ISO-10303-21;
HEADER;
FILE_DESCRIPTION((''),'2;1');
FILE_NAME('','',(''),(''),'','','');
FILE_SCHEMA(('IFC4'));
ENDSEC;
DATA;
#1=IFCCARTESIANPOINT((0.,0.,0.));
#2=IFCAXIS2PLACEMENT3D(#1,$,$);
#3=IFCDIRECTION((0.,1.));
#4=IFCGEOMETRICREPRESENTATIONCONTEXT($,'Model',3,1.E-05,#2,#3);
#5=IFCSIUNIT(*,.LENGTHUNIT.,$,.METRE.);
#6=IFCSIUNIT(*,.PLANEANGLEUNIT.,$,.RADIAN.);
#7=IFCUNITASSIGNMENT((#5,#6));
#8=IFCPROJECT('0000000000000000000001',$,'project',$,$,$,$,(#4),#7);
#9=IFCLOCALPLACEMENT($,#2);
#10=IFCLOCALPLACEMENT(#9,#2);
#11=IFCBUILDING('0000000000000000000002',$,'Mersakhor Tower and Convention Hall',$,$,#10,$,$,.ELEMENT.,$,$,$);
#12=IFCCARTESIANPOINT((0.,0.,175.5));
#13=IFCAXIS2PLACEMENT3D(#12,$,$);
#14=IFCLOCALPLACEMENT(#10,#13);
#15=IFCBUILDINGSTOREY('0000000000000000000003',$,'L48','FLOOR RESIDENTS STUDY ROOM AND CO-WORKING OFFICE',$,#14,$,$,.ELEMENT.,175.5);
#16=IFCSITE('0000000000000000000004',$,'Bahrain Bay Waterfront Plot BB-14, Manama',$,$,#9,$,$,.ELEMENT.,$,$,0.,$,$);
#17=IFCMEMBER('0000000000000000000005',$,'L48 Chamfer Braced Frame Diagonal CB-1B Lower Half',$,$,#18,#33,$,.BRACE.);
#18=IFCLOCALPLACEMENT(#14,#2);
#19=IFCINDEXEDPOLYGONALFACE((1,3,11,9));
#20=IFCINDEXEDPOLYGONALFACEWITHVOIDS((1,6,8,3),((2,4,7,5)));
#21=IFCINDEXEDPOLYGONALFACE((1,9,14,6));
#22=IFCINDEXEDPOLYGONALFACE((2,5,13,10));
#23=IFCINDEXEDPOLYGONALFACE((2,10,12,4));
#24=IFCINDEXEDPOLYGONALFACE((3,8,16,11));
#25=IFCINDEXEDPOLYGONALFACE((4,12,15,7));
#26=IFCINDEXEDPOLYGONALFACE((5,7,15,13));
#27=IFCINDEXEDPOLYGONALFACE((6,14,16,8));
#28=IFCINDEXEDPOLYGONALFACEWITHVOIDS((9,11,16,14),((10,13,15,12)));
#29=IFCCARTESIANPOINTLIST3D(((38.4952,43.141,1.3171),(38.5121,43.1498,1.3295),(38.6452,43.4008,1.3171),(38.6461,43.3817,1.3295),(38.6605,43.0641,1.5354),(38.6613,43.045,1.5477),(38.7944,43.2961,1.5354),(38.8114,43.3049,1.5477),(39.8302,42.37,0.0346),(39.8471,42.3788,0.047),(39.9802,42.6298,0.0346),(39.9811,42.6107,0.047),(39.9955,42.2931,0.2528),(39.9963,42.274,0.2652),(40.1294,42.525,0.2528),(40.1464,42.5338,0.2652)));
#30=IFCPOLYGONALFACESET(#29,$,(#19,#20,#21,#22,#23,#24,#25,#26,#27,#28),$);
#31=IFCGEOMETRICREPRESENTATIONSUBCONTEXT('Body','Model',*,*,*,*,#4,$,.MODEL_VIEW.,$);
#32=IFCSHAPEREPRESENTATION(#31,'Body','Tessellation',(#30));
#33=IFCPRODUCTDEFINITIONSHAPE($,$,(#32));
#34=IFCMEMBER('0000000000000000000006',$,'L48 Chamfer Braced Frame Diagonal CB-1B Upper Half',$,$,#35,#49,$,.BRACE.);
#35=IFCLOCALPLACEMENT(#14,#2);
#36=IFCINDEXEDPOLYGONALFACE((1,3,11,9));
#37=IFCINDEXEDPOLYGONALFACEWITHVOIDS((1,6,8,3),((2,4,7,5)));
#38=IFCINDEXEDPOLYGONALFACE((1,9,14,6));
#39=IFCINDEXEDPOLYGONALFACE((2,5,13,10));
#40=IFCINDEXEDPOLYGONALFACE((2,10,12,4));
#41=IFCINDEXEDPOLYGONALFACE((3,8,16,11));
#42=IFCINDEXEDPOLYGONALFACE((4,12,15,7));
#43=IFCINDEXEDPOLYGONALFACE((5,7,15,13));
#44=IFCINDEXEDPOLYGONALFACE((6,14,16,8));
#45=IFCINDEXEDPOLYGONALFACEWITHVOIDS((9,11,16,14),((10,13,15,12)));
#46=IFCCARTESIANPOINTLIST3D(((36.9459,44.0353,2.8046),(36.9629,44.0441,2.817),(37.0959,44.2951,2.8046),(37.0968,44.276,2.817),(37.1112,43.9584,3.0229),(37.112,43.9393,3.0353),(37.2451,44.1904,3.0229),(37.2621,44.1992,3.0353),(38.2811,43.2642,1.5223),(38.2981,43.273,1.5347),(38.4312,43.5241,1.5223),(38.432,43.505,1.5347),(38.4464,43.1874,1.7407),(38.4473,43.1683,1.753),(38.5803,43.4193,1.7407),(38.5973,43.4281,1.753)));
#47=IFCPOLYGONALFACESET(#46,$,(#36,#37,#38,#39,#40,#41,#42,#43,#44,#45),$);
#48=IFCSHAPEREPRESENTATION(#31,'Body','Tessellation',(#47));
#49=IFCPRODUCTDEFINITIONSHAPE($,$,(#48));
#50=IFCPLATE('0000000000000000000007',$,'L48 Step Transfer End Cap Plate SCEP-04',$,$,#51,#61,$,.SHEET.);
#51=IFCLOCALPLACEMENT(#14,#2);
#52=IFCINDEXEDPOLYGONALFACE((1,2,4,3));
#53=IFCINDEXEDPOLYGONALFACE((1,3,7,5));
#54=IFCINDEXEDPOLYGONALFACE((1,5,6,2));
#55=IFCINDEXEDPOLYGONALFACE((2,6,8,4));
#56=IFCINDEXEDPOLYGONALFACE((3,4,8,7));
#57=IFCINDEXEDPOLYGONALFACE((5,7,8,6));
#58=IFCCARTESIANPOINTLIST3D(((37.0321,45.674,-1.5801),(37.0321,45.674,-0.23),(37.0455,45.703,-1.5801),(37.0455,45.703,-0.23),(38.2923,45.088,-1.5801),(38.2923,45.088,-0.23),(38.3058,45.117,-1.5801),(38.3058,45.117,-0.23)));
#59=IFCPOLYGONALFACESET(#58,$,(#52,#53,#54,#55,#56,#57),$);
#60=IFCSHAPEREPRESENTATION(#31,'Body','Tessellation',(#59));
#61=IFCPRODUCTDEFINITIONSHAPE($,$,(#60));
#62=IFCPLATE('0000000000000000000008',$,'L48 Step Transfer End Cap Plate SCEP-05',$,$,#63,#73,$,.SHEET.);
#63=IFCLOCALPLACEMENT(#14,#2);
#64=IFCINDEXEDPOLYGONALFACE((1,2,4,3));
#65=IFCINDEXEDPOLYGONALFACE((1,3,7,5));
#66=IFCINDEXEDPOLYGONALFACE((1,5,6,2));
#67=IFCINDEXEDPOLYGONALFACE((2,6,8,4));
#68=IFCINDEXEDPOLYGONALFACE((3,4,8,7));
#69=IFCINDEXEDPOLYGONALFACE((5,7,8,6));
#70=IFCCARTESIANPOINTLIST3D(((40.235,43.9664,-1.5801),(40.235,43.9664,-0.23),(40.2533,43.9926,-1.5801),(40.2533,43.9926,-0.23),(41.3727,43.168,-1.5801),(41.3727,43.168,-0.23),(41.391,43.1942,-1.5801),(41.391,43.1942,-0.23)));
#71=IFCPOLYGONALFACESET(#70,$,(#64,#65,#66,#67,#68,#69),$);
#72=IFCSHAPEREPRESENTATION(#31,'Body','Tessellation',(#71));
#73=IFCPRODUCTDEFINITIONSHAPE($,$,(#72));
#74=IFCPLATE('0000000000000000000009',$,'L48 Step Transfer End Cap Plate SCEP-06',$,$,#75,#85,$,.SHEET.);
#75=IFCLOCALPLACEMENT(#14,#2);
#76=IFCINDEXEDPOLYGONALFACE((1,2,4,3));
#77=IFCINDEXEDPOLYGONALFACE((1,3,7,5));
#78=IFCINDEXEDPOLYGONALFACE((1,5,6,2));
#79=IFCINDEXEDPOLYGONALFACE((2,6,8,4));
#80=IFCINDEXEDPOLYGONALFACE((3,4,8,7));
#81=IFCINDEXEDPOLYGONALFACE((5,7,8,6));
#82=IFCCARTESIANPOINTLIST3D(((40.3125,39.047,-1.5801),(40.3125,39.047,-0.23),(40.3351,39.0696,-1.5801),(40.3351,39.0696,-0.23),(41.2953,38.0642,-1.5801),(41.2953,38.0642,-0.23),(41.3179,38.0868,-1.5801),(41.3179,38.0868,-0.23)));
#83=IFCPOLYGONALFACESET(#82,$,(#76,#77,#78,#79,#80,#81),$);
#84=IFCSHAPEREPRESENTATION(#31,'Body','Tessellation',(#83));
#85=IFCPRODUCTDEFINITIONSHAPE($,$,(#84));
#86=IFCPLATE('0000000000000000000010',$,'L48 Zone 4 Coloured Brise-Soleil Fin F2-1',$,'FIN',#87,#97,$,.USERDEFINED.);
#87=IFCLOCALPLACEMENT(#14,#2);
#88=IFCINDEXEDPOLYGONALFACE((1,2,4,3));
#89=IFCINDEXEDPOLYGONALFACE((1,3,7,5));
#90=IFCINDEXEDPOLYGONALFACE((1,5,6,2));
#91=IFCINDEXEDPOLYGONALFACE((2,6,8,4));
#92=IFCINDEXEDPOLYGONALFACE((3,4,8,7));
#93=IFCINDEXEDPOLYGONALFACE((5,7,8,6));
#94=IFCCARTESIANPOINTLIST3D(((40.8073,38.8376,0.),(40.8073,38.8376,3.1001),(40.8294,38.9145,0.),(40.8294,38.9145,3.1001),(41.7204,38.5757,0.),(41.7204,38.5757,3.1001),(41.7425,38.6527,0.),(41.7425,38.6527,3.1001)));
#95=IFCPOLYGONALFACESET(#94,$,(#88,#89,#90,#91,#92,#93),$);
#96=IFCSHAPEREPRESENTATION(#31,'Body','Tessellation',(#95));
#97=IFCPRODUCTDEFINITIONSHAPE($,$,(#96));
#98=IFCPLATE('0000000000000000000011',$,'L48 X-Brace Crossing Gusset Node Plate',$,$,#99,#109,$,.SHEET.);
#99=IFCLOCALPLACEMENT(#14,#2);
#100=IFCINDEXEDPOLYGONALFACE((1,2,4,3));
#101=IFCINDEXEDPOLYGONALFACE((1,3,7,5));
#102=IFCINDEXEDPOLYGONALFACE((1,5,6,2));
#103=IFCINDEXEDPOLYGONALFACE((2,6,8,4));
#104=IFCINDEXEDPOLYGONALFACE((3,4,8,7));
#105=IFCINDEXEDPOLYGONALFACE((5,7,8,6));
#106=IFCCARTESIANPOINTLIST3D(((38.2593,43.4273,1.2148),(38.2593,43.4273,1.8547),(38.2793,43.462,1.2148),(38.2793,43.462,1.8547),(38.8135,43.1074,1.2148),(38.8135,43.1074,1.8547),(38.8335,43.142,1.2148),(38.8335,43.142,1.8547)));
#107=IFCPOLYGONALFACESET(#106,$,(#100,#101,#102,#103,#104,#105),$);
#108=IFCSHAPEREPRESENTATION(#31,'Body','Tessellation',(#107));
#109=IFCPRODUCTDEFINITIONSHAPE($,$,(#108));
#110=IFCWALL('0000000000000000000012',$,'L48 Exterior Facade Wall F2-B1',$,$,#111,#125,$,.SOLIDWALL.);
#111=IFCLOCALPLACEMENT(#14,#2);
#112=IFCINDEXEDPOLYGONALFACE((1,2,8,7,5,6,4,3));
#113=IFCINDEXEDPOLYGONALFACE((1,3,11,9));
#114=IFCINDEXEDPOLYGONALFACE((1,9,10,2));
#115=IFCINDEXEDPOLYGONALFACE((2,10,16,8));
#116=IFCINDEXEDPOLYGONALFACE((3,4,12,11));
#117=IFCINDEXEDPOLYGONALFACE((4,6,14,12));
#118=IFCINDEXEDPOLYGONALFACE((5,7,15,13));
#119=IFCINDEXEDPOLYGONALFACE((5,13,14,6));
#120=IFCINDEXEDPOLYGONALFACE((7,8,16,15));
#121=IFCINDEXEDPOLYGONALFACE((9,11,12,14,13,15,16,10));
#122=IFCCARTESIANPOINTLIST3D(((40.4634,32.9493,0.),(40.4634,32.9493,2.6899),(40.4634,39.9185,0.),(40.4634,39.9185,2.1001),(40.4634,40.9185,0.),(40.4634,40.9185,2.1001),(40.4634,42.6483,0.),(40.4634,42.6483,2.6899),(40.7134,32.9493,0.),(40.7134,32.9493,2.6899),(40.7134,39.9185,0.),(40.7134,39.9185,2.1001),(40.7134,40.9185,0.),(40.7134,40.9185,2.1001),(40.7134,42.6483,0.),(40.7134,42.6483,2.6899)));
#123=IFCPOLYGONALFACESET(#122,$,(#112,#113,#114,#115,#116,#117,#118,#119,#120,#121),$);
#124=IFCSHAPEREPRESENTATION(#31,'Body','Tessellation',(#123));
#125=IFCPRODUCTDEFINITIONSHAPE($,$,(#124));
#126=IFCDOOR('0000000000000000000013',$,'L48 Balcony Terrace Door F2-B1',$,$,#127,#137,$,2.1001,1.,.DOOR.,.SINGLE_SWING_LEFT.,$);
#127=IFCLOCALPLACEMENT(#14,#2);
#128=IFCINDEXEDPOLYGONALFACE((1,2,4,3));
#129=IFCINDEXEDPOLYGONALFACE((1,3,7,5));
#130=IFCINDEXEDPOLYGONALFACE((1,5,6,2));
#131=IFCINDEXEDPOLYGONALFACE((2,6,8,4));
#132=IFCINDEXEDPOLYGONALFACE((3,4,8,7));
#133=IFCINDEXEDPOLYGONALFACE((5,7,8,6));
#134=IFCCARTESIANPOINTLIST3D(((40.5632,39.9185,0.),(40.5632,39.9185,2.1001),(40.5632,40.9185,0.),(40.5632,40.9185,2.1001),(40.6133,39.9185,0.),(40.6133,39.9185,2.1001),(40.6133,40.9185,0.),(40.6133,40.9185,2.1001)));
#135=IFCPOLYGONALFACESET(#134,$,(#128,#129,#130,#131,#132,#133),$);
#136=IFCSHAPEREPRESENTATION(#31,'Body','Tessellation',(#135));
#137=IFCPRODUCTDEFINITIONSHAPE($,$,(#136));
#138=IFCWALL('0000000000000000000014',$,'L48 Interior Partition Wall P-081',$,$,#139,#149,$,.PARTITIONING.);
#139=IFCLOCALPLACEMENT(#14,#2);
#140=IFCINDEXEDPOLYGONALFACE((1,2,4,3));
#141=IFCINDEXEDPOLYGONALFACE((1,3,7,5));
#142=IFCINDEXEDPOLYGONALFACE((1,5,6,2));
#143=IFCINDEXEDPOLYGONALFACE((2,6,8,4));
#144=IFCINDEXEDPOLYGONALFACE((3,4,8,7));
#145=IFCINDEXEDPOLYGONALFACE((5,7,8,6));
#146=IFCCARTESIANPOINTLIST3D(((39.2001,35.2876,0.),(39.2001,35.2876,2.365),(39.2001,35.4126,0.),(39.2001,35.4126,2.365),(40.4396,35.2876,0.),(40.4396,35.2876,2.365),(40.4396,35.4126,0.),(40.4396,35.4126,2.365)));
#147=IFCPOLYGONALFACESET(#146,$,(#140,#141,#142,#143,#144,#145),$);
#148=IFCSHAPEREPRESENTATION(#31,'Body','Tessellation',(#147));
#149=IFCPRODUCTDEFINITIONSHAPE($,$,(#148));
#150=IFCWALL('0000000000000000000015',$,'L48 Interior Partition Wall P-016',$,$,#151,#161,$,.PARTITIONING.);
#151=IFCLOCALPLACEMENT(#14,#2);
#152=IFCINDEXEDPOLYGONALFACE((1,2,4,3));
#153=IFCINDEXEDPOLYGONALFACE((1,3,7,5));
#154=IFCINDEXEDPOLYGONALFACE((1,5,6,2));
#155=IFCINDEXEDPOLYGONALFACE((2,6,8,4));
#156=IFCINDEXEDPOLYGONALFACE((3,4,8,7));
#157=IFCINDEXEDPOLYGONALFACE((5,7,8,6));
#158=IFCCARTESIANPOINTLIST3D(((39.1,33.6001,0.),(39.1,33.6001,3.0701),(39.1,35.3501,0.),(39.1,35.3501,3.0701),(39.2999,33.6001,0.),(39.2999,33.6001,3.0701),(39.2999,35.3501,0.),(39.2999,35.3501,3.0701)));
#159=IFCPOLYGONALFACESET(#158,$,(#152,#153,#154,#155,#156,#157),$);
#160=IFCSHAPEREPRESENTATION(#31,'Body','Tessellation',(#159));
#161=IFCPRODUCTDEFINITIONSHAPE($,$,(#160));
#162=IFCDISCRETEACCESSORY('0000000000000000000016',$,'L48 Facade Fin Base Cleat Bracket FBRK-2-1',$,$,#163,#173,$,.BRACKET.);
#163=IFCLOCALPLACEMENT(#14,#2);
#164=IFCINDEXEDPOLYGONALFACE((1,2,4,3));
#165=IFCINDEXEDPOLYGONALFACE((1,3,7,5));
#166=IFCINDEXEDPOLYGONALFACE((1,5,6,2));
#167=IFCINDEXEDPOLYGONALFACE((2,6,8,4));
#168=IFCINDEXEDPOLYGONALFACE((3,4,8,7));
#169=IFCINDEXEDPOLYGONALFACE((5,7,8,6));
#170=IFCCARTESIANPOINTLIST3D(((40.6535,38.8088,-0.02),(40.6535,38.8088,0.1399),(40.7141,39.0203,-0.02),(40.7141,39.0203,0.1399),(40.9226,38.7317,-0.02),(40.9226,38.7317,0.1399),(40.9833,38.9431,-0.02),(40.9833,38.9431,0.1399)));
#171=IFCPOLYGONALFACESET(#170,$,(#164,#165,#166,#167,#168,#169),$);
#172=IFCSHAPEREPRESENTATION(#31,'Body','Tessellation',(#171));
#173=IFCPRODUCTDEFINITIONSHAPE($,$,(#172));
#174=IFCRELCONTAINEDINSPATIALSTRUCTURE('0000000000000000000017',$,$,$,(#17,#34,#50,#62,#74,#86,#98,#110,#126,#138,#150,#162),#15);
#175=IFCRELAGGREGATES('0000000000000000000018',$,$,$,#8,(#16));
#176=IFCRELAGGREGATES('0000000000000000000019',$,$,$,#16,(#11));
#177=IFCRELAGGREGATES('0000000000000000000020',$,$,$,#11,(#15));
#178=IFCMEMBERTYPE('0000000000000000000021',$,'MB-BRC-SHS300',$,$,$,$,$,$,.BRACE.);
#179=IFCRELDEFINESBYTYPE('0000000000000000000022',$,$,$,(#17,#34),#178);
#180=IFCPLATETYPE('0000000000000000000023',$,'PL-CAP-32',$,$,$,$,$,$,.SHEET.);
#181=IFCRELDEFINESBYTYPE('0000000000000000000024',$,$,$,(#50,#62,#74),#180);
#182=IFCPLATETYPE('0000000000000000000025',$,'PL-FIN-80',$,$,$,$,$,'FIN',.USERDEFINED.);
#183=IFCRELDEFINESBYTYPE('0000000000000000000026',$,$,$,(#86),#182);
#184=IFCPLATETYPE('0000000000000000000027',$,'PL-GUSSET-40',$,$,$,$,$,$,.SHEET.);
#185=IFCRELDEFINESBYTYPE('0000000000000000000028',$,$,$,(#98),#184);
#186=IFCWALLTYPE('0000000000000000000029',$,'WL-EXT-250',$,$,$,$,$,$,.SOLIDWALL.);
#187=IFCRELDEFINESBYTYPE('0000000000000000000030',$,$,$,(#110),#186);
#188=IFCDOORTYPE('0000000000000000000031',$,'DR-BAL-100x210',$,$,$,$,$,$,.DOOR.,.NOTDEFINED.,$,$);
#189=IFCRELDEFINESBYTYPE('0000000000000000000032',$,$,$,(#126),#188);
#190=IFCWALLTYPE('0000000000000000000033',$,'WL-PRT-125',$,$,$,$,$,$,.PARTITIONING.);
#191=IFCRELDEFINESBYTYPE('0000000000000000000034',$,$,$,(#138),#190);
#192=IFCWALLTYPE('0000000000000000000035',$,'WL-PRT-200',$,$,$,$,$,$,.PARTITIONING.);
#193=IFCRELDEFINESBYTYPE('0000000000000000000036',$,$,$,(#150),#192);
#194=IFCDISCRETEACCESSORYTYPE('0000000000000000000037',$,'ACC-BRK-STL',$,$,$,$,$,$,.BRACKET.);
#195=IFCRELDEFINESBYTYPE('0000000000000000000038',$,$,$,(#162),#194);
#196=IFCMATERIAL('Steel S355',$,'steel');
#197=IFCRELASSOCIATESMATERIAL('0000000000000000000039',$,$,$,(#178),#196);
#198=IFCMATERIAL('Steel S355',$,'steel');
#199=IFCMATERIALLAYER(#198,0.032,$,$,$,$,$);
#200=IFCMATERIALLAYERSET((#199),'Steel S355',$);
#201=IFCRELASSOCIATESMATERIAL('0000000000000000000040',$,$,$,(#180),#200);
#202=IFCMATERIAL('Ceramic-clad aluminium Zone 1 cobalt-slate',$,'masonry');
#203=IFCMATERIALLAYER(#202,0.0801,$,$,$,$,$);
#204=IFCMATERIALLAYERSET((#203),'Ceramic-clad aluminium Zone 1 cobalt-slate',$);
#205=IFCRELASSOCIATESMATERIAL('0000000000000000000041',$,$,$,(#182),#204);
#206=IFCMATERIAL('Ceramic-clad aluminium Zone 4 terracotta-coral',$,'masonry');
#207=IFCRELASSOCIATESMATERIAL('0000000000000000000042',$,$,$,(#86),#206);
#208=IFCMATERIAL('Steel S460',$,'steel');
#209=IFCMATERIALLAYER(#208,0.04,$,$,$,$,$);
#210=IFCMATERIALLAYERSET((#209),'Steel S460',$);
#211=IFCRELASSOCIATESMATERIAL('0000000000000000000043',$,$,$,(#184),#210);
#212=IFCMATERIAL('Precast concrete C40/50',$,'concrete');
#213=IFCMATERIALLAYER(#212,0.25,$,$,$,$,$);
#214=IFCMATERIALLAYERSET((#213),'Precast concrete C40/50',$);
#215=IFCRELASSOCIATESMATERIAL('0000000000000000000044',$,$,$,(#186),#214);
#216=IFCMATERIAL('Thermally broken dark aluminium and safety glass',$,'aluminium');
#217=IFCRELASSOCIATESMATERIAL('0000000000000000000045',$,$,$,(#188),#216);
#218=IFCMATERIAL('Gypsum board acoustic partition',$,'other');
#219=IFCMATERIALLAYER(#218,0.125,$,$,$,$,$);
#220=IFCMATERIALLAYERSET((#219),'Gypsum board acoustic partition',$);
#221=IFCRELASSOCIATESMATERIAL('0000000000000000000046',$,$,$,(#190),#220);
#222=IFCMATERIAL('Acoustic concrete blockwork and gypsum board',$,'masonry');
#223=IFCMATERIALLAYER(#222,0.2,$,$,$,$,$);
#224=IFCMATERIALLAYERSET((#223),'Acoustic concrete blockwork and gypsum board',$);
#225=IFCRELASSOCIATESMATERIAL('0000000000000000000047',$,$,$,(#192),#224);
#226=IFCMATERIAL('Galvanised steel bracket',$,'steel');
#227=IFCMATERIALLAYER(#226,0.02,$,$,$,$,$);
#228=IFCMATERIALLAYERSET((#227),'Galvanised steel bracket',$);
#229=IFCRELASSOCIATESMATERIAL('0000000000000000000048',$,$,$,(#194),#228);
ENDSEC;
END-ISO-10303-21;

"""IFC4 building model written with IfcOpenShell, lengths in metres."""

from ifc_helpers import new_model, si_unit, direction, frame, frame_2d, origin, origin_2d, place, context, subcontext, project, spatial, rectangle, hollow_rectangle, extrude, material, layer, layer_set, material_profile, profile_set, type_object, element, fill, save


model = new_model("IFC4")

# Units and contexts
model_context = context("Model", 3, precision=1e-05, world=origin(), true_north=direction((0.0, 1.0)))
body_context = subcontext(model_context, "Body", "Model", "MODEL_VIEW")
ifc_project = project(units=[si_unit("LENGTHUNIT", "METRE"), si_unit("PLANEANGLEUNIT", "RADIAN")], contexts=[model_context])

# Site, building, storey
site_placement = place(None, origin())
site = spatial("IfcSite", under=ifc_project, at=site_placement, Name="Bahrain Bay Waterfront Plot BB-14, Manama", CompositionType="ELEMENT", RefElevation=0.0)
building_placement = place(site_placement, origin())
building = spatial("IfcBuilding", under=site, at=building_placement, Name="Mersakhor Tower and Convention Hall", CompositionType="ELEMENT")
storey_placement = place(building_placement, frame((0.0, 0.0, 175.5)))
storey = spatial("IfcBuildingStorey", under=building, at=storey_placement, Name="L48", Description="FLOOR RESIDENTS STUDY ROOM AND CO-WORKING OFFICE", CompositionType="ELEMENT", Elevation=175.5)

# Members
ifc_material_1 = material(Name="Steel S355", Category="steel")
ifc_material_profile_1 = material_profile(ifc_material_1, hollow_rectangle(XDim=0.3, YDim=0.3, WallThickness=0.0161, at=origin_2d()), Name="SHS 300x300x16")
ifc_profile_set_1 = profile_set([ifc_material_profile_1], Name="Steel S355")
member_type = type_object("IfcMemberType", Name="MB-BRC-SHS300", PredefinedType="BRACE", material=ifc_profile_set_1)
for number, where, z_axis, x_axis, name in (
    (1, (39.9883, 42.4519, 0.1499), (-0.665711, 0.384476, 0.639536), (-0.500125, -0.865953, 0.0), "L48 Chamfer Braced Frame Diagonal CB-1B Lower Half"),
    (2, (38.4392, 43.3462, 1.6377), (-0.665831, 0.384475, 0.639412), (-0.500056, -0.865993, 0.0), "L48 Chamfer Braced Frame Diagonal CB-1B Upper Half"),
):
    element("IfcMember", number, at=place(storey_placement, frame(where, z_axis=z_axis, x_axis=x_axis)), inside=storey, type_object=member_type, Name=name, PredefinedType="BRACE", context=body_context, shape_type="SweptSolid", body=[
        extrude(hollow_rectangle(XDim=0.3, YDim=0.3, WallThickness=0.0161, at=origin_2d()), origin(), (0.0, 0.0, 1.0), 2.0054),
    ])

# Plates
ifc_material_2 = material(Name="Steel S355", Category="steel")
ifc_layer_1 = layer(ifc_material_2, 0.032)
ifc_layer_set_1 = layer_set([ifc_layer_1], Name="Steel S355")
plate_type_1 = type_object("IfcPlateType", Name="PL-CAP-32", PredefinedType="SHEET", material=ifc_layer_set_1)
for number, where, z_axis, x_axis, name in (
    (3, (37.6689, 45.3955, -1.5801), (0.0, 0.0, 1.0), (-0.421669, -0.90675, 0.0), "L48 Step Transfer End Cap Plate SCEP-04"),
    (4, (40.813, 43.5803, -1.5801), (0.0, 0.0, 1.0), (-0.574434, -0.818551, 0.0), "L48 Step Transfer End Cap Plate SCEP-05"),
    (5, (40.8152, 38.5669, -1.5801), (0.0, 0.0, 1.0), (-0.707107, -0.707107, 0.0), "L48 Step Transfer End Cap Plate SCEP-06"),
):
    element("IfcPlate", number, at=place(storey_placement, frame(where, z_axis=z_axis, x_axis=x_axis)), inside=storey, type_object=plate_type_1, Name=name, PredefinedType="SHEET", context=body_context, shape_type="SweptSolid", body=[
        extrude(rectangle(XDim=0.032, YDim=1.3899, at=origin_2d()), origin(), (0.0, 0.0, 1.0), 1.3501),
    ])
ifc_material_3 = material(Name="Ceramic-clad aluminium Zone 4 terracotta-coral", Category="masonry")
ifc_material_4 = material(Name="Ceramic-clad aluminium Zone 1 cobalt-slate", Category="masonry")
ifc_layer_2 = layer(ifc_material_4, 0.0801)
ifc_layer_set_2 = layer_set([ifc_layer_2], Name="Ceramic-clad aluminium Zone 1 cobalt-slate")
plate_type_2 = type_object("IfcPlateType", Name="PL-FIN-80", ElementType="FIN", PredefinedType="USERDEFINED", material=ifc_layer_set_2)
plate_1_placement = place(storey_placement, frame((41.2749, 38.7451, 0.0), z_axis=(0.0, 0.0, 1.0), x_axis=(0.961262, -0.275637, 0.0)))
element("IfcPlate", 6, at=plate_1_placement, inside=storey, type_object=plate_type_2, material=ifc_material_3, Name="L48 Zone 4 Coloured Brise-Soleil Fin F2-1", ObjectType="FIN", PredefinedType="USERDEFINED", context=body_context, shape_type="SweptSolid", body=[
    extrude(rectangle(XDim=0.95, YDim=0.0801, at=origin_2d()), origin(), (0.0, 0.0, 1.0), 3.1001),
])
ifc_material_5 = material(Name="Steel S460", Category="steel")
ifc_layer_3 = layer(ifc_material_5, 0.04)
ifc_layer_set_3 = layer_set([ifc_layer_3], Name="Steel S460")
plate_type_3 = type_object("IfcPlateType", Name="PL-GUSSET-40", PredefinedType="SHEET", material=ifc_layer_set_3)
plate_2_placement = place(storey_placement, frame((38.5464, 43.2847, 1.2148), z_axis=(0.0, 0.0, 1.0), x_axis=(-0.866025, 0.5, 0.0)))
element("IfcPlate", 7, at=plate_2_placement, inside=storey, type_object=plate_type_3, Name="L48 X-Brace Crossing Gusset Node Plate", PredefinedType="SHEET", context=body_context, shape_type="SweptSolid", body=[
    extrude(rectangle(XDim=0.6399, YDim=0.04, at=origin_2d()), origin(), (0.0, 0.0, 1.0), 0.6399),
])

# Wall, opening, door
ifc_material_6 = material(Name="Precast concrete C40/50", Category="concrete")
ifc_layer_4 = layer(ifc_material_6, 0.25)
ifc_layer_set_4 = layer_set([ifc_layer_4], Name="Precast concrete C40/50")
wall_type_1 = type_object("IfcWallType", Name="WL-EXT-250", PredefinedType="SOLIDWALL", material=ifc_layer_set_4)
wall_1_placement = place(storey_placement, frame((40.5884, 42.6484, 0.0), z_axis=(0.0, 0.0, 1.0), x_axis=(0.0, -1.0, 0.0)))
wall_1 = element("IfcWall", 8, at=wall_1_placement, inside=storey, type_object=wall_type_1, Name="L48 Exterior Facade Wall F2-B1", PredefinedType="SOLIDWALL", context=body_context, shape_type="SweptSolid", body=[
    extrude(rectangle(XDim=9.699, YDim=0.25, at=frame_2d((4.8496, 0.0))), origin(), (0.0, 0.0, 1.0), 2.6899),
])
opening_placement = place(wall_1_placement, frame((1.73, 0.0, 0.0)))
opening = element("IfcOpeningElement", 9, at=opening_placement, cuts=wall_1, PredefinedType="OPENING", context=body_context, shape_type="SweptSolid", body=[
    extrude(rectangle(XDim=1.0, YDim=2.1001, at=frame_2d((0.5, 1.05))), frame((0.0, 0.135, 0.0), z_axis=(0.0, -1.0, 0.0), x_axis=(1.0, 0.0, 0.0)), (0.0, 0.0, 1.0), 0.27),
])
ifc_material_7 = material(Name="Thermally broken dark aluminium and safety glass", Category="aluminium")
door_type = type_object("IfcDoorType", Name="DR-BAL-100x210", OperationType="NOTDEFINED", PredefinedType="DOOR", material=ifc_material_7)
door_placement = place(opening_placement, origin())
door = element("IfcDoor", 10, at=door_placement, inside=storey, type_object=door_type, Name="L48 Balcony Terrace Door F2-B1", OperationType="SINGLE_SWING_LEFT", OverallHeight=2.1001, OverallWidth=1.0, PredefinedType="DOOR", context=body_context, shape_type="SweptSolid", body=[
    extrude(rectangle(XDim=1.0, YDim=2.1001, at=frame_2d((0.5, 1.05))), frame((0.0, 0.0249, 0.0), z_axis=(0.0, -1.0, 0.0), x_axis=(1.0, 0.0, 0.0)), (0.0, 0.0, 1.0), 0.05),
])
fill(opening, door)

# Walls
ifc_material_8 = material(Name="Gypsum board acoustic partition", Category="other")
ifc_layer_5 = layer(ifc_material_8, 0.125)
ifc_layer_set_5 = layer_set([ifc_layer_5], Name="Gypsum board acoustic partition")
wall_type_2 = type_object("IfcWallType", Name="WL-PRT-125", PredefinedType="PARTITIONING", material=ifc_layer_set_5)
wall_2_placement = place(storey_placement, frame((40.4395, 35.3501, 0.0), z_axis=(0.0, 0.0, 1.0), x_axis=(-1.0, 0.0, 0.0)))
element("IfcWall", 11, at=wall_2_placement, inside=storey, type_object=wall_type_2, Name="L48 Interior Partition Wall P-081", PredefinedType="PARTITIONING", context=body_context, shape_type="SweptSolid", body=[
    extrude(rectangle(XDim=1.2395, YDim=0.125, at=frame_2d((0.6196, 0.0))), origin(), (0.0, 0.0, 1.0), 2.365),
])
ifc_material_9 = material(Name="Acoustic concrete blockwork and gypsum board", Category="masonry")
ifc_layer_6 = layer(ifc_material_9, 0.2)
ifc_layer_set_6 = layer_set([ifc_layer_6], Name="Acoustic concrete blockwork and gypsum board")
wall_type_3 = type_object("IfcWallType", Name="WL-PRT-200", PredefinedType="PARTITIONING", material=ifc_layer_set_6)
wall_3_placement = place(storey_placement, frame((39.2, 35.3501, 0.0), z_axis=(0.0, 0.0, 1.0), x_axis=(0.0, -1.0, 0.0)))
element("IfcWall", 12, at=wall_3_placement, inside=storey, type_object=wall_type_3, Name="L48 Interior Partition Wall P-016", PredefinedType="PARTITIONING", context=body_context, shape_type="SweptSolid", body=[
    extrude(rectangle(XDim=1.75, YDim=0.2, at=frame_2d((0.875, 0.0))), origin(), (0.0, 0.0, 1.0), 3.0701),
])

# Discrete accessory
ifc_material_10 = material(Name="Galvanised steel bracket", Category="steel")
ifc_layer_7 = layer(ifc_material_10, 0.02)
ifc_layer_set_7 = layer_set([ifc_layer_7], Name="Galvanised steel bracket")
discrete_accessory_type = type_object("IfcDiscreteAccessoryType", Name="ACC-BRK-STL", PredefinedType="BRACKET", material=ifc_layer_set_7)
discrete_accessory_placement = place(storey_placement, frame((40.8184, 38.876, -0.02), z_axis=(0.0, 0.0, 1.0), x_axis=(0.961262, -0.275637, 0.0)))
element("IfcDiscreteAccessory", 13, at=discrete_accessory_placement, inside=storey, type_object=discrete_accessory_type, Name="L48 Facade Fin Base Cleat Bracket FBRK-2-1", PredefinedType="BRACKET", context=body_context, shape_type="SweptSolid", body=[
    extrude(rectangle(XDim=0.28, YDim=0.22, at=origin_2d()), origin(), (0.0, 0.0, 1.0), 0.1599),
])

save(model, "model.ifc")
